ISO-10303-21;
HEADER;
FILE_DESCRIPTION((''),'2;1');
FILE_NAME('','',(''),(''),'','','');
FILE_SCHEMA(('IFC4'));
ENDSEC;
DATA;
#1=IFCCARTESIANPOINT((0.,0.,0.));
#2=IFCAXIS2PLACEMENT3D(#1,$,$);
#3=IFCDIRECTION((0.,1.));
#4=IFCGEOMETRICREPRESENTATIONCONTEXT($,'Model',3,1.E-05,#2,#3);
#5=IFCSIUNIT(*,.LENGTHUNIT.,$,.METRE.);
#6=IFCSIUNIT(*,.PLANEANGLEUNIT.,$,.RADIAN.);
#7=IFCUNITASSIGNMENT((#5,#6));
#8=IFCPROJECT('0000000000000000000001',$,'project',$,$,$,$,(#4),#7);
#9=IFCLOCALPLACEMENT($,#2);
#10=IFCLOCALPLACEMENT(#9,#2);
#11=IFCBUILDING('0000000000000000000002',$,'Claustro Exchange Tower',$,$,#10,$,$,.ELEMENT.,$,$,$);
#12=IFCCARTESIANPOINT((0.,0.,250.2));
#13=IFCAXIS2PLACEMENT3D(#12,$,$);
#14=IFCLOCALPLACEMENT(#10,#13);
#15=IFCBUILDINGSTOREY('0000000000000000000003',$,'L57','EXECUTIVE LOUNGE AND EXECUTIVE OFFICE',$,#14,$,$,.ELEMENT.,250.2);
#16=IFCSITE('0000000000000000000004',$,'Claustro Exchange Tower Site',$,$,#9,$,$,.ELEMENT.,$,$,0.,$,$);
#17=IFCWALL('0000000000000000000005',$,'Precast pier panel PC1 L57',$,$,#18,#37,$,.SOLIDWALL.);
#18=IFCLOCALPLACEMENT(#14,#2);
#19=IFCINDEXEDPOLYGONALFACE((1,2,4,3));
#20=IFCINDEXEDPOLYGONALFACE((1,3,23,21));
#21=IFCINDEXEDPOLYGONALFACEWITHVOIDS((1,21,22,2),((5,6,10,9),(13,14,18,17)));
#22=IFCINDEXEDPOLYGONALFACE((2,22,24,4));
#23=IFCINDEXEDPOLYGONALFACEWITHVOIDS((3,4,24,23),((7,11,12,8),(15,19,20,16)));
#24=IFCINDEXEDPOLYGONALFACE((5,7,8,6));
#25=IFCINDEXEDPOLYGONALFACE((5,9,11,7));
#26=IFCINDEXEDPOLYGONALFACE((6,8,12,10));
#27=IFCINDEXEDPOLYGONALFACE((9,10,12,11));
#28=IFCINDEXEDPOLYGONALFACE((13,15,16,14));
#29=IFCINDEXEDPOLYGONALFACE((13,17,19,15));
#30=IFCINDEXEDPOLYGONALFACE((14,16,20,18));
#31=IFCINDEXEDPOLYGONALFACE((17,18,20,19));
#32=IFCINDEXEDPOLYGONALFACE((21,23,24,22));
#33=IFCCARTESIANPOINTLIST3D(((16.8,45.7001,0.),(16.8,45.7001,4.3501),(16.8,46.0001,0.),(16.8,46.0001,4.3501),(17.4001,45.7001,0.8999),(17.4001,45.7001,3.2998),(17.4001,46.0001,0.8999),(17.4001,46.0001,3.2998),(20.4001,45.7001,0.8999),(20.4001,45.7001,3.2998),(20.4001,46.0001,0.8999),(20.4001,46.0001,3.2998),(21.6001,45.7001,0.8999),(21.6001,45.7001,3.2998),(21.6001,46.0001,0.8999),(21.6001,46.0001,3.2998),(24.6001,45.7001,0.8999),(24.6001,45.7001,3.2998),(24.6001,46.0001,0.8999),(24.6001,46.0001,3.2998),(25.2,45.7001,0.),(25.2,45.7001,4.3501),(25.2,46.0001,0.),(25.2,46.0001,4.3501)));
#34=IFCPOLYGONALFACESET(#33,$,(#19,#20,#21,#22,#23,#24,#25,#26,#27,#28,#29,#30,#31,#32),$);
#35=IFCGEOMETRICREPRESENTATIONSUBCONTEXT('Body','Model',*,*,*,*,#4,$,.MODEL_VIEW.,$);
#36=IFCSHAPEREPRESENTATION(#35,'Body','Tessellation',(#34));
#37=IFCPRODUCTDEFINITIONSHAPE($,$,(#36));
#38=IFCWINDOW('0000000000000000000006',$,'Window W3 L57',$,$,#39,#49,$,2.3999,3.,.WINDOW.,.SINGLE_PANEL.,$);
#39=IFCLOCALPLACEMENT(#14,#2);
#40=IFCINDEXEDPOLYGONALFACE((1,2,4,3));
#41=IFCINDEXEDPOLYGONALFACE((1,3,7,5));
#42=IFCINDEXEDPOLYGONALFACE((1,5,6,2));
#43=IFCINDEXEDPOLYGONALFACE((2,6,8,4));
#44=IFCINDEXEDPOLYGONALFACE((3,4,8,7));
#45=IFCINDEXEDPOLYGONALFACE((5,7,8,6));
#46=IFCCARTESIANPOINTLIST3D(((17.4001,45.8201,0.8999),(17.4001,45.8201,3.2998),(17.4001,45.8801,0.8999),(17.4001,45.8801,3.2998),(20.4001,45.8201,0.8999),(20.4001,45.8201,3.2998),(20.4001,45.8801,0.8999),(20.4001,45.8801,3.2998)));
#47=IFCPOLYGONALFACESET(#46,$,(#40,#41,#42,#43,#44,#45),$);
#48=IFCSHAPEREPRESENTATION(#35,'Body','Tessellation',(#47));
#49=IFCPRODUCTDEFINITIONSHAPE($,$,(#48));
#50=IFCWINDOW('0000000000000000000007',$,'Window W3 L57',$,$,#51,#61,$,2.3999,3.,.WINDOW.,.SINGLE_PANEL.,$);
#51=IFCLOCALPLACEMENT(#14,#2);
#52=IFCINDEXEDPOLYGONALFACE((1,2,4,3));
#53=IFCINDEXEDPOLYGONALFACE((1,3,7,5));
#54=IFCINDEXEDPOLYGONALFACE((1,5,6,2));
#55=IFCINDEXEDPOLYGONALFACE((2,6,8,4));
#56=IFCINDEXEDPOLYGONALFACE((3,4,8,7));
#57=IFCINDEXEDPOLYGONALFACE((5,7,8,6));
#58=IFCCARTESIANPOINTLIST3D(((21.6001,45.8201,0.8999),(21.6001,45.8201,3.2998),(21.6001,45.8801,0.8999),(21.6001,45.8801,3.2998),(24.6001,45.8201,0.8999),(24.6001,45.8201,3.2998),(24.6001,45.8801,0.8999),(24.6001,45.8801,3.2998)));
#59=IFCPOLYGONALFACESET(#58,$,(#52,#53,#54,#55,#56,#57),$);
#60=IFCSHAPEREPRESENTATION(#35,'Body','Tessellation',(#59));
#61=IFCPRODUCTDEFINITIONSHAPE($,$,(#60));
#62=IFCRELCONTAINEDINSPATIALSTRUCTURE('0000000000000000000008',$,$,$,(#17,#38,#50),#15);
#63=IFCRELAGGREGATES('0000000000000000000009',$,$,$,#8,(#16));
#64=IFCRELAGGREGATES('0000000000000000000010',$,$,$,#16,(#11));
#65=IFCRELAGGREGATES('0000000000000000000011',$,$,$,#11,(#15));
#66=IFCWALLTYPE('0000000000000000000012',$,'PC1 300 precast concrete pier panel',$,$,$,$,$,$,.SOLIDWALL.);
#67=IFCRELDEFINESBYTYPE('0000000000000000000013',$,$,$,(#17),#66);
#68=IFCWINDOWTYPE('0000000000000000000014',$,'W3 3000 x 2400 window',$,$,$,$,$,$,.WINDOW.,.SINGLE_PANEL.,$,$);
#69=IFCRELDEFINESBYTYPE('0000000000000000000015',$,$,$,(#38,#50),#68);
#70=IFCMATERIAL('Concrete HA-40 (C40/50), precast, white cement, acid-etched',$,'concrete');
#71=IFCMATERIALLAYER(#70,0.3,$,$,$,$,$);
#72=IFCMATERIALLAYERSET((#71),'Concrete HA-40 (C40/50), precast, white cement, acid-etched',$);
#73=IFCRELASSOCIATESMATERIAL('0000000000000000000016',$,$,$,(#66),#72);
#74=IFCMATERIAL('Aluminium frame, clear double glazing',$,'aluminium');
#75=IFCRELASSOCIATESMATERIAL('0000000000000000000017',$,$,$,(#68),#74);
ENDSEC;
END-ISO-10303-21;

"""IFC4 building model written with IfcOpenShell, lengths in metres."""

from ifc_helpers import new_model, si_unit, direction, frame, frame_2d, origin, place, context, subcontext, project, spatial, rectangle, extrude, material, layer, layer_set, type_object, element, fill, save


model = new_model("IFC4")

# Units and contexts
model_context = context("Model", 3, precision=1e-05, world=origin(), true_north=direction((0.0, 1.0)))
body_context = subcontext(model_context, "Body", "Model", "MODEL_VIEW")
ifc_project = project(units=[si_unit("LENGTHUNIT", "METRE"), si_unit("PLANEANGLEUNIT", "RADIAN")], contexts=[model_context])

# Site, building, storey
site_placement = place(None, origin())
site = spatial("IfcSite", under=ifc_project, at=site_placement, Name="Claustro Exchange Tower Site", CompositionType="ELEMENT", RefElevation=0.0)
building_placement = place(site_placement, origin())
building = spatial("IfcBuilding", under=site, at=building_placement, Name="Claustro Exchange Tower", CompositionType="ELEMENT")
storey_placement = place(building_placement, frame((0.0, 0.0, 250.2)))
storey = spatial("IfcBuildingStorey", under=building, at=storey_placement, Name="L57", Description="EXECUTIVE LOUNGE AND EXECUTIVE OFFICE", CompositionType="ELEMENT", Elevation=250.2)

# Wall, openings, windows
ifc_material_1 = material(Name="Concrete HA-40 (C40/50), precast, white cement, acid-etched", Category="concrete")
ifc_layer_1 = layer(ifc_material_1, 0.3)
ifc_layer_set_1 = layer_set([ifc_layer_1], Name="Concrete HA-40 (C40/50), precast, white cement, acid-etched")
wall_type_1 = type_object("IfcWallType", Name="PC1 300 precast concrete pier panel", PredefinedType="SOLIDWALL", material=ifc_layer_set_1)
wall_1_placement = place(storey_placement, frame((16.8, 45.8501, 0.0), z_axis=(0.0, 0.0, 1.0), x_axis=(1.0, 0.0, 0.0)))
wall_1 = element("IfcWall", 1, at=wall_1_placement, inside=storey, type_object=wall_type_1, Name="Precast pier panel PC1 L57", PredefinedType="SOLIDWALL", context=body_context, shape_type="SweptSolid", body=[
    extrude(rectangle(XDim=8.3999, YDim=0.3, at=frame_2d((4.2, 0.0))), origin(), (0.0, 0.0, 1.0), 4.3501),
])
opening_1_placement = place(wall_1_placement, frame((0.6001, 0.0, 0.8999)))
opening_1 = element("IfcOpeningElement", 2, at=opening_1_placement, cuts=wall_1, PredefinedType="OPENING", context=body_context, shape_type="SweptSolid", body=[
    extrude(rectangle(XDim=3.0, YDim=2.3999, at=frame_2d((1.5, 1.2))), frame((0.0, 0.1599, 0.0), z_axis=(0.0, -1.0, 0.0), x_axis=(1.0, 0.0, 0.0)), (0.0, 0.0, 1.0), 0.3201),
])
opening_2_placement = place(wall_1_placement, frame((4.8, 0.0, 0.8999)))
opening_2 = element("IfcOpeningElement", 3, at=opening_2_placement, cuts=wall_1, PredefinedType="OPENING", context=body_context, shape_type="SweptSolid", body=[
    extrude(rectangle(XDim=3.0, YDim=2.3999, at=frame_2d((1.5, 1.2))), frame((0.0, 0.1599, 0.0), z_axis=(0.0, -1.0, 0.0), x_axis=(1.0, 0.0, 0.0)), (0.0, 0.0, 1.0), 0.3201),
])
ifc_material_2 = material(Name="Aluminium frame, clear double glazing", Category="aluminium")
window_type = type_object("IfcWindowType", Name="W3 3000 x 2400 window", PartitioningType="SINGLE_PANEL", PredefinedType="WINDOW", material=ifc_material_2)
window_1_placement = place(opening_1_placement, origin())
window_1 = element("IfcWindow", 4, at=window_1_placement, inside=storey, type_object=window_type, Name="Window W3 L57", OverallHeight=2.3999, OverallWidth=3.0, PartitioningType="SINGLE_PANEL", PredefinedType="WINDOW", context=body_context, shape_type="SweptSolid", body=[
    extrude(rectangle(XDim=3.0, YDim=2.3999, at=frame_2d((1.5, 1.2))), frame((0.0, 0.03, 0.0), z_axis=(0.0, -1.0, 0.0), x_axis=(1.0, 0.0, 0.0)), (0.0, 0.0, 1.0), 0.0601),
])
fill(opening_1, window_1)
window_2_placement = place(opening_2_placement, origin())
window_2 = element("IfcWindow", 5, at=window_2_placement, inside=storey, type_object=window_type, Name="Window W3 L57", OverallHeight=2.3999, OverallWidth=3.0, PartitioningType="SINGLE_PANEL", PredefinedType="WINDOW", context=body_context, shape_type="SweptSolid", body=[
    extrude(rectangle(XDim=3.0, YDim=2.3999, at=frame_2d((1.5, 1.2))), frame((0.0, 0.03, 0.0), z_axis=(0.0, -1.0, 0.0), x_axis=(1.0, 0.0, 0.0)), (0.0, 0.0, 1.0), 0.0601),
])
fill(opening_2, window_2)

save(model, "model.ifc")
